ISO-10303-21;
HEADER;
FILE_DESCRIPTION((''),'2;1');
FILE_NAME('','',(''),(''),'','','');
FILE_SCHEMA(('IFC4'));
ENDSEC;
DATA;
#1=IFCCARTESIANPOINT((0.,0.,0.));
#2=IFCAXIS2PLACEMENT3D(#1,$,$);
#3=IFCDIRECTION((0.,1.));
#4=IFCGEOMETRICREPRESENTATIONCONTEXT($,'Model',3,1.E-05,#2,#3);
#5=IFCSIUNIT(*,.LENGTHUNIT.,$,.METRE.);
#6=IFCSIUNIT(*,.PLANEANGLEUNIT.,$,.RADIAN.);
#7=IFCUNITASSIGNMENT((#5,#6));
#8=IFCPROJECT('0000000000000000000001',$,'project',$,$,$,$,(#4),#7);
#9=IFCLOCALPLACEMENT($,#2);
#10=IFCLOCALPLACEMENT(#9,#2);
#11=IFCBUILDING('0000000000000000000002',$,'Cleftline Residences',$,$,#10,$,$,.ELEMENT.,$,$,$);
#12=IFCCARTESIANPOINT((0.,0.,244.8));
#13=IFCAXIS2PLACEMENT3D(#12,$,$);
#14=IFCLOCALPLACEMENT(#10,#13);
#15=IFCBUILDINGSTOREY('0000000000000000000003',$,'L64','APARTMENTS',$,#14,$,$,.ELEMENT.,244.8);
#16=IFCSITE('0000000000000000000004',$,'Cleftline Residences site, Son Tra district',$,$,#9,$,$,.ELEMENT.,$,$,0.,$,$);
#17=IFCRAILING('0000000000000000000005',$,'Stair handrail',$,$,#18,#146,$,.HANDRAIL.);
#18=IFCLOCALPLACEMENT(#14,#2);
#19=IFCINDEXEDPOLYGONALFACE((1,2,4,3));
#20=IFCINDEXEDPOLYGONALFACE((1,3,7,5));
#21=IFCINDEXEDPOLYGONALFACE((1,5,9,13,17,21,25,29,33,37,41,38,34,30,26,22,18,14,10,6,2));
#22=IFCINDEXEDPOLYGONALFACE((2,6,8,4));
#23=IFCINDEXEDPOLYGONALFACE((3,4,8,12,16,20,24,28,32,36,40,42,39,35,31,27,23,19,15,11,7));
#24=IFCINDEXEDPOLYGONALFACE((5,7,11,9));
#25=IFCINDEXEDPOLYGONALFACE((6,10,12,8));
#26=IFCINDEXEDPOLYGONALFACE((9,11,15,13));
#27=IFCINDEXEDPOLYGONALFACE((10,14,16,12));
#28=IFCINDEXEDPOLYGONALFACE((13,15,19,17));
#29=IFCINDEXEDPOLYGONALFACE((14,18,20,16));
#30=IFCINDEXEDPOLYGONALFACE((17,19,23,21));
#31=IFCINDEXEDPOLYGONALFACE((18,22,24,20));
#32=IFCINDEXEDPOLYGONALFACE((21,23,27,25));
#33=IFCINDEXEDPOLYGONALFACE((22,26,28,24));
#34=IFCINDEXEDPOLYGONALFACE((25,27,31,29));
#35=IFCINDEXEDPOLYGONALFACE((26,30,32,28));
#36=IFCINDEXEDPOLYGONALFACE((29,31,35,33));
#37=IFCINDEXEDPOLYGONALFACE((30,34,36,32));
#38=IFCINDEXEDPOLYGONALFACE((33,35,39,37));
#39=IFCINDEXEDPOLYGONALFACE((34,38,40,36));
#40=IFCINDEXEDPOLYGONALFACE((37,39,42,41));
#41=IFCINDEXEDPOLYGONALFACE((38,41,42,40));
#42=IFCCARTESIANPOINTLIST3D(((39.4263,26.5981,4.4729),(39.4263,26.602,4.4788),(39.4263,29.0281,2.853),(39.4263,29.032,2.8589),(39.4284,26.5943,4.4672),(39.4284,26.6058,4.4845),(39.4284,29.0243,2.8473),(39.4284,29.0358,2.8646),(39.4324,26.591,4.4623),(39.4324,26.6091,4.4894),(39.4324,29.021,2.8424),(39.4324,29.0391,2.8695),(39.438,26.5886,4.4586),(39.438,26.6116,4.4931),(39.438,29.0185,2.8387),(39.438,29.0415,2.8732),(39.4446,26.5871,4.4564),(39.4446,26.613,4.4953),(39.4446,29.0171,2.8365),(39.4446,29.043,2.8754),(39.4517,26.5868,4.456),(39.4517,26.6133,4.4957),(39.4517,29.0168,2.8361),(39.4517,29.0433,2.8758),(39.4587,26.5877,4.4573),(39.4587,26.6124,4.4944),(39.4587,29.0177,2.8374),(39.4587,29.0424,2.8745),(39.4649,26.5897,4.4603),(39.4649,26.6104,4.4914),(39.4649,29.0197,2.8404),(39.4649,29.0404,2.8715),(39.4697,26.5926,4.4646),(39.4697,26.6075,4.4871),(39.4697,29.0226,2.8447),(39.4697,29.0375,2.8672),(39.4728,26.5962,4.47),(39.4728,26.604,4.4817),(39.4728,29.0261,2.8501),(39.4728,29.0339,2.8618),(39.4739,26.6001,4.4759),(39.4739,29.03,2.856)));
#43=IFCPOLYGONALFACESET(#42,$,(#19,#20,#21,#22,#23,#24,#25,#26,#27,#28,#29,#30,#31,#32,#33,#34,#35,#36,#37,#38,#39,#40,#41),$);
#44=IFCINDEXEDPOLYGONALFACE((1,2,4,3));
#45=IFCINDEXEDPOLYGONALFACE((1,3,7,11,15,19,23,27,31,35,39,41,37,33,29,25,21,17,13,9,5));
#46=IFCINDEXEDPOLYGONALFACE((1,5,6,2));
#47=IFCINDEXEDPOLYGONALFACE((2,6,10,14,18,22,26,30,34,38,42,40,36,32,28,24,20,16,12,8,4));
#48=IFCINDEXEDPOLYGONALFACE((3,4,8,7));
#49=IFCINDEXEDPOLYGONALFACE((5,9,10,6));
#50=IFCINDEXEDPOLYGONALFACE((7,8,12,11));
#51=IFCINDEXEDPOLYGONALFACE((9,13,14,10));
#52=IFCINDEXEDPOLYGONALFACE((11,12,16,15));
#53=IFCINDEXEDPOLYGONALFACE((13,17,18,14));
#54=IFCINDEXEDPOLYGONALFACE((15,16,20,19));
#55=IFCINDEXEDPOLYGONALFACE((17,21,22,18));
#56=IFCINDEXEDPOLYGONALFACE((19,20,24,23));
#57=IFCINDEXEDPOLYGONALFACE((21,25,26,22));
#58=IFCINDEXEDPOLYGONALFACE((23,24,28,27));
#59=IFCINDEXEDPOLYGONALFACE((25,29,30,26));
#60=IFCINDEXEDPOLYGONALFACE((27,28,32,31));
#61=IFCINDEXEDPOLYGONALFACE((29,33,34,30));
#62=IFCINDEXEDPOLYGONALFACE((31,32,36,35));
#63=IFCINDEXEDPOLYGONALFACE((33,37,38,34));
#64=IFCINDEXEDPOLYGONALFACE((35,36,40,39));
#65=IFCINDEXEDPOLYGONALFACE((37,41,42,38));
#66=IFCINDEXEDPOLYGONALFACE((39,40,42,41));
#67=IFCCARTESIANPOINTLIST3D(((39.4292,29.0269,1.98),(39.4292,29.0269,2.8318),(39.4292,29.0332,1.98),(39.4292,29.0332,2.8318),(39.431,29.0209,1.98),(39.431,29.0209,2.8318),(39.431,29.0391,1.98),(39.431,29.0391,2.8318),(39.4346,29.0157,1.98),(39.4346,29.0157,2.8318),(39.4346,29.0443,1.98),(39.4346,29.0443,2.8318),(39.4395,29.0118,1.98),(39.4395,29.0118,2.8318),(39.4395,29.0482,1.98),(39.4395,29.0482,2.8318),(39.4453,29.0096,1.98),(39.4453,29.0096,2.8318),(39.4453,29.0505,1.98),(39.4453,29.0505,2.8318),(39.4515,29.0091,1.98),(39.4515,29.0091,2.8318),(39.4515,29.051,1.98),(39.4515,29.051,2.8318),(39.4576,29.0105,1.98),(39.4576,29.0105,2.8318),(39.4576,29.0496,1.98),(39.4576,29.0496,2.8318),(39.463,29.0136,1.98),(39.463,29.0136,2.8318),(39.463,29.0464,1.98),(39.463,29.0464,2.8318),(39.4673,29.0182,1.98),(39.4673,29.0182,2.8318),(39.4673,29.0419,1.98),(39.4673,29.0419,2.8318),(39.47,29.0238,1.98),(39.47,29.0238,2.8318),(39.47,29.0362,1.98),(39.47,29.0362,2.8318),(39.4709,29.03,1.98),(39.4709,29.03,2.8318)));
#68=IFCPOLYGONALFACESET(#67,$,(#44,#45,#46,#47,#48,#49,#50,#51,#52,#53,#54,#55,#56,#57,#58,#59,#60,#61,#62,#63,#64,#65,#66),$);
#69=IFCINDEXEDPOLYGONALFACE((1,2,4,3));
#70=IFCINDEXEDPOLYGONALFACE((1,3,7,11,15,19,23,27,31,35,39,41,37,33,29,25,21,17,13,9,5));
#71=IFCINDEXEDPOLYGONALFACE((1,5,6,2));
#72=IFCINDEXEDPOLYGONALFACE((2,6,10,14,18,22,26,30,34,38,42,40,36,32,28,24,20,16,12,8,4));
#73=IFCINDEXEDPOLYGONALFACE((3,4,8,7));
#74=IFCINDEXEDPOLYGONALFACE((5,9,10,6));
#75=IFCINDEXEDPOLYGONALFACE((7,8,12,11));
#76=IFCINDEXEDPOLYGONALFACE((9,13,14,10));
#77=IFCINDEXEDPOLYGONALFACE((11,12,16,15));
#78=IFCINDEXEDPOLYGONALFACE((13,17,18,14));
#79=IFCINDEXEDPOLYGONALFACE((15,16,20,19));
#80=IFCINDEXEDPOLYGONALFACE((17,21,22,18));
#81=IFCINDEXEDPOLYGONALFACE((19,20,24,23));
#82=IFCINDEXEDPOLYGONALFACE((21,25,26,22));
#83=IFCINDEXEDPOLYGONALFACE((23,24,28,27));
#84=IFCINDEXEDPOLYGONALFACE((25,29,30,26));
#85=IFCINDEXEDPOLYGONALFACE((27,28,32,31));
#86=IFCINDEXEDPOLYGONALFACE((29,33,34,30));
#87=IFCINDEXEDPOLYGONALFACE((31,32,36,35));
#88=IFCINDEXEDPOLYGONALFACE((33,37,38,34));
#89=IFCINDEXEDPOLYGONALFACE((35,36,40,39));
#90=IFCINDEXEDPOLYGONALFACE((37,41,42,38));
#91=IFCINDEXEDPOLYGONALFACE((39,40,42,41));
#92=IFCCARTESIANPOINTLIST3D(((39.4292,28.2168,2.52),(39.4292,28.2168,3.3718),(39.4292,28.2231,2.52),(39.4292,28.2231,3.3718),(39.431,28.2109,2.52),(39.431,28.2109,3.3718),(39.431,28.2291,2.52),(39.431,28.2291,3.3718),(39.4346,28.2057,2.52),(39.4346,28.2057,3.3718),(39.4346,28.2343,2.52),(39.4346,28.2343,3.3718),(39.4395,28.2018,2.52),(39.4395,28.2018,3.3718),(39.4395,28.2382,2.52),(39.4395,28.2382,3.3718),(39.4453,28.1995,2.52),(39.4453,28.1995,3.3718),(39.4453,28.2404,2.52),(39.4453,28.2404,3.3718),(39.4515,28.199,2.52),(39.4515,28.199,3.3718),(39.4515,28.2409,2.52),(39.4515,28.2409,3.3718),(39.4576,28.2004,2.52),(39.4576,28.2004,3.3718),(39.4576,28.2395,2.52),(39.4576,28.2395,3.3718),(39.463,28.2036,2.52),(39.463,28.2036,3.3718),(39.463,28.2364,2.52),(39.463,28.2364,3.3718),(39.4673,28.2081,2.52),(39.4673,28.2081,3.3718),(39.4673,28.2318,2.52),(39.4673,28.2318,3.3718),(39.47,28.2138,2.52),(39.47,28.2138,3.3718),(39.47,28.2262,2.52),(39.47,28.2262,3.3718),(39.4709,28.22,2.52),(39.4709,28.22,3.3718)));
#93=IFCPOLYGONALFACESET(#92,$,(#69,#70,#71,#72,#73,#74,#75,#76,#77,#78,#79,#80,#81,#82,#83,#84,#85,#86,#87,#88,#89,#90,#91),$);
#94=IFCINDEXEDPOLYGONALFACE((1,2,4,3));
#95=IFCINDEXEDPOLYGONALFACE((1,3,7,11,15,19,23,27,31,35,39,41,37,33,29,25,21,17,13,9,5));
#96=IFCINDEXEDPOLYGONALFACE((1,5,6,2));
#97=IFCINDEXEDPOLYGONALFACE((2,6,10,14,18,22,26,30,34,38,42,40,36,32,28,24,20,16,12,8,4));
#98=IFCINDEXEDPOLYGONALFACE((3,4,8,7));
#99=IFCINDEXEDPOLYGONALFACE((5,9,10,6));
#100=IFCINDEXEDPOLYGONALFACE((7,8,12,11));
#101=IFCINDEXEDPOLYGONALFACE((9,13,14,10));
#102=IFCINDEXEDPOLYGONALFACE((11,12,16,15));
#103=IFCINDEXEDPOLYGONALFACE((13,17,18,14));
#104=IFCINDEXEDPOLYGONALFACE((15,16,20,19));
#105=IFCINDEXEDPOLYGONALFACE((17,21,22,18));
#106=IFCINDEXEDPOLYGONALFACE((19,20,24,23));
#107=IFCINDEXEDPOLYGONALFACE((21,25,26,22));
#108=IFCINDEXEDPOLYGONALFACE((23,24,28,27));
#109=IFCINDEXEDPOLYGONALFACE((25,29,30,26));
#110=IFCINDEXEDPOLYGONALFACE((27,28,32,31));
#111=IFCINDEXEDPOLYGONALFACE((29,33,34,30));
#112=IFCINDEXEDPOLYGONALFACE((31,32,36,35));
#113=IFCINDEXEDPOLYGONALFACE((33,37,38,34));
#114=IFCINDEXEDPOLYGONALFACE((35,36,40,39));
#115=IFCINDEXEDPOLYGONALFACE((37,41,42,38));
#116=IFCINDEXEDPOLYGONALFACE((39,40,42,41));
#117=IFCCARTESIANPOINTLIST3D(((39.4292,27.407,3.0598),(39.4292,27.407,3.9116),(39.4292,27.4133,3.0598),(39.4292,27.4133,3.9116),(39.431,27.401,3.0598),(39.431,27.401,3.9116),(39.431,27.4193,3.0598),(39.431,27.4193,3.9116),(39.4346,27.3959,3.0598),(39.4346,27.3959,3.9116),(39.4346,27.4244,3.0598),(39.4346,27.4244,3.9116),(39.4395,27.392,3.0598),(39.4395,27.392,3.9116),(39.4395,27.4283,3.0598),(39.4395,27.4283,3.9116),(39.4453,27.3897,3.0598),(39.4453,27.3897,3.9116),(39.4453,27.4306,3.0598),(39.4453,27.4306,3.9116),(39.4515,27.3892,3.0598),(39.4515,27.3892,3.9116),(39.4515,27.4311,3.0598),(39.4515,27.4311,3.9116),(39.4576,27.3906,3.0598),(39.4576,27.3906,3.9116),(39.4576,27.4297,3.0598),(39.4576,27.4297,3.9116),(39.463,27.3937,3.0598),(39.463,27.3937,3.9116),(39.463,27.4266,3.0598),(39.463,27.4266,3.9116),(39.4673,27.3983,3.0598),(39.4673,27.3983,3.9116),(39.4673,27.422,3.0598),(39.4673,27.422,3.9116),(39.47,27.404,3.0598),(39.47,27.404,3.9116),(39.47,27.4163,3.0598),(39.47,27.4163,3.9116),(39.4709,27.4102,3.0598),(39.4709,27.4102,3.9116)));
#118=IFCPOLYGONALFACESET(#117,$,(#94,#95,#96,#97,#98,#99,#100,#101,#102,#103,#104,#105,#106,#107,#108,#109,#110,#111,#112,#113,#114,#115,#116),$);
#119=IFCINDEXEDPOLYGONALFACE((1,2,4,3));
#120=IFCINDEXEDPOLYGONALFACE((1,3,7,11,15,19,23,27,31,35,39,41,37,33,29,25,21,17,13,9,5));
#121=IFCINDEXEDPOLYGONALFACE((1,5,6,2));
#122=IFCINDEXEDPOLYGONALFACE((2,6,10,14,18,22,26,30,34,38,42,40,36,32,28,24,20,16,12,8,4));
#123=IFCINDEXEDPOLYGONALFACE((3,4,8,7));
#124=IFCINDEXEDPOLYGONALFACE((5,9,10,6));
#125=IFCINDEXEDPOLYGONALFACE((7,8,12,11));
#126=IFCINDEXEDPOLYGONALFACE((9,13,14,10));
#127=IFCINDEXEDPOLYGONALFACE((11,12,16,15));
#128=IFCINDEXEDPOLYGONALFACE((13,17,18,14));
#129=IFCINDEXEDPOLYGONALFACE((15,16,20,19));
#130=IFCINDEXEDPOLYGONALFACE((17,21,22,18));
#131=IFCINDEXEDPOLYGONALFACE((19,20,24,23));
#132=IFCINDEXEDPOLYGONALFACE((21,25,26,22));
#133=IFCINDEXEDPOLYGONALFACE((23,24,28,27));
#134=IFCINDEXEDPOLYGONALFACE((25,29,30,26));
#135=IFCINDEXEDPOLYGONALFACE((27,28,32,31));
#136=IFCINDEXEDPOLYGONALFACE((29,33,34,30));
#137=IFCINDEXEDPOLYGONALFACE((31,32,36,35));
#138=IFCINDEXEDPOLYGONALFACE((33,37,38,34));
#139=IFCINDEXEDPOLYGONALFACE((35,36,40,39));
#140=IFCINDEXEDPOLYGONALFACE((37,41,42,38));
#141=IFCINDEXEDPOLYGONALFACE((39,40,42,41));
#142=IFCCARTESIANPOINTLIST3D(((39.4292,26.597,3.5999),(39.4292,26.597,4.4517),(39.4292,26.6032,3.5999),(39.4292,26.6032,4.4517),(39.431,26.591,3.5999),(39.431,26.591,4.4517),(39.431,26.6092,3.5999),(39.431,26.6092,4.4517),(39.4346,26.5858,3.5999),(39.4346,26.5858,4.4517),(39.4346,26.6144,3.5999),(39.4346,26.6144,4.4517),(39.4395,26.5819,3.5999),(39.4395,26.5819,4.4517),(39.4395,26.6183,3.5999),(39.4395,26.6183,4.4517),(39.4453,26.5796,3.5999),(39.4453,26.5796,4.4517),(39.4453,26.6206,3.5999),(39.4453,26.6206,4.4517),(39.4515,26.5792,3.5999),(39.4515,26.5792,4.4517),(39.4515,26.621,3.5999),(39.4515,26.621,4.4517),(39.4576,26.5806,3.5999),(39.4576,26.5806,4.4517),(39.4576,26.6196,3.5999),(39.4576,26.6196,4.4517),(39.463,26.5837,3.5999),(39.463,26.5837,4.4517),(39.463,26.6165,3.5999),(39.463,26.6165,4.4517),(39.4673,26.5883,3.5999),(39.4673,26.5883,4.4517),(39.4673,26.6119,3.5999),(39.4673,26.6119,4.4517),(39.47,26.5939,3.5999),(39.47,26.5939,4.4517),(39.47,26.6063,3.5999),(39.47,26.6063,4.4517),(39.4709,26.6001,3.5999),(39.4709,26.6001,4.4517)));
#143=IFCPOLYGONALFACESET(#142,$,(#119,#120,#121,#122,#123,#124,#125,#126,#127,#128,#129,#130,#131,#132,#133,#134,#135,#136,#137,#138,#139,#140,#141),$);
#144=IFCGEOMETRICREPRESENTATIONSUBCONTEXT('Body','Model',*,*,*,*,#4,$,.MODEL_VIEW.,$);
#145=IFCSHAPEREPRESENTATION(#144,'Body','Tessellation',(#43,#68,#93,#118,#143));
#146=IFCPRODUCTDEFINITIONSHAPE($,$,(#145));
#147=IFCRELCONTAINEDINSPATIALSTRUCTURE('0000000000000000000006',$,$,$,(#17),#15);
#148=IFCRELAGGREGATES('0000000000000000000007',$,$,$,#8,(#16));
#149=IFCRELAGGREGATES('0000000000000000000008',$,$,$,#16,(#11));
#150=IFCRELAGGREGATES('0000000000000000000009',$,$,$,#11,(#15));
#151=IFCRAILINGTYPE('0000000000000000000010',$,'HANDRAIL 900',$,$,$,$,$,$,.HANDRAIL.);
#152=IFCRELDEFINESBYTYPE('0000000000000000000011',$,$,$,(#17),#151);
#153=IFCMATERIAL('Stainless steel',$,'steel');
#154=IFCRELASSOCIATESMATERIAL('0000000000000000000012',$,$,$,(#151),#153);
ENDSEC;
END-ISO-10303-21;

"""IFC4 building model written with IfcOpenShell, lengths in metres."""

from ifc_helpers import new_model, si_unit, direction, frame, origin, origin_2d, place, context, subcontext, project, spatial, circle, extrude, material, type_object, element, save


model = new_model("IFC4")

# Units and contexts
model_context = context("Model", 3, precision=1e-05, world=origin(), true_north=direction((0.0, 1.0)))
body_context = subcontext(model_context, "Body", "Model", "MODEL_VIEW")
ifc_project = project(units=[si_unit("LENGTHUNIT", "METRE"), si_unit("PLANEANGLEUNIT", "RADIAN")], contexts=[model_context])

# Site, building, storey
site_placement = place(None, origin())
site = spatial("IfcSite", under=ifc_project, at=site_placement, Name="Cleftline Residences site, Son Tra district", CompositionType="ELEMENT", RefElevation=0.0)
building_placement = place(site_placement, origin())
building = spatial("IfcBuilding", under=site, at=building_placement, Name="Cleftline Residences", CompositionType="ELEMENT")
storey_placement = place(building_placement, frame((0.0, 0.0, 244.8)))
storey = spatial("IfcBuildingStorey", under=building, at=storey_placement, Name="L64", Description="APARTMENTS", CompositionType="ELEMENT", Elevation=244.8)

# Railing
ifc_material_1 = material(Name="Stainless steel", Category="steel")
railing_type = type_object("IfcRailingType", Name="HANDRAIL 900", PredefinedType="HANDRAIL", material=ifc_material_1)
railing_1_placement = place(storey_placement, frame((39.45, 29.03, 1.98)))
element("IfcRailing", 1, at=railing_1_placement, inside=storey, type_object=railing_type, Name="Stair handrail", PredefinedType="HANDRAIL", context=body_context, shape_type="SweptSolid", body=[
    extrude(circle(Radius=0.0239, at=origin_2d()), frame((0.0, 0.0, 0.876), z_axis=(0.0, -0.832063, 0.554681), x_axis=(1.0, 0.0, 0.0)), (0.0, 0.0, 1.0), 2.9204),
    extrude(circle(Radius=0.021, at=origin_2d()), origin(), (0.0, 0.0, 1.0), 0.8518),
    extrude(circle(Radius=0.021, at=origin_2d()), frame((0.0, -0.8101, 0.54)), (0.0, 0.0, 1.0), 0.8518),
    extrude(circle(Radius=0.021, at=origin_2d()), frame((0.0, -1.6199, 1.0798)), (0.0, 0.0, 1.0), 0.8518),
    extrude(circle(Radius=0.021, at=origin_2d()), frame((0.0, -2.4299, 1.6199)), (0.0, 0.0, 1.0), 0.8518),
])

save(model, "model.ifc")
